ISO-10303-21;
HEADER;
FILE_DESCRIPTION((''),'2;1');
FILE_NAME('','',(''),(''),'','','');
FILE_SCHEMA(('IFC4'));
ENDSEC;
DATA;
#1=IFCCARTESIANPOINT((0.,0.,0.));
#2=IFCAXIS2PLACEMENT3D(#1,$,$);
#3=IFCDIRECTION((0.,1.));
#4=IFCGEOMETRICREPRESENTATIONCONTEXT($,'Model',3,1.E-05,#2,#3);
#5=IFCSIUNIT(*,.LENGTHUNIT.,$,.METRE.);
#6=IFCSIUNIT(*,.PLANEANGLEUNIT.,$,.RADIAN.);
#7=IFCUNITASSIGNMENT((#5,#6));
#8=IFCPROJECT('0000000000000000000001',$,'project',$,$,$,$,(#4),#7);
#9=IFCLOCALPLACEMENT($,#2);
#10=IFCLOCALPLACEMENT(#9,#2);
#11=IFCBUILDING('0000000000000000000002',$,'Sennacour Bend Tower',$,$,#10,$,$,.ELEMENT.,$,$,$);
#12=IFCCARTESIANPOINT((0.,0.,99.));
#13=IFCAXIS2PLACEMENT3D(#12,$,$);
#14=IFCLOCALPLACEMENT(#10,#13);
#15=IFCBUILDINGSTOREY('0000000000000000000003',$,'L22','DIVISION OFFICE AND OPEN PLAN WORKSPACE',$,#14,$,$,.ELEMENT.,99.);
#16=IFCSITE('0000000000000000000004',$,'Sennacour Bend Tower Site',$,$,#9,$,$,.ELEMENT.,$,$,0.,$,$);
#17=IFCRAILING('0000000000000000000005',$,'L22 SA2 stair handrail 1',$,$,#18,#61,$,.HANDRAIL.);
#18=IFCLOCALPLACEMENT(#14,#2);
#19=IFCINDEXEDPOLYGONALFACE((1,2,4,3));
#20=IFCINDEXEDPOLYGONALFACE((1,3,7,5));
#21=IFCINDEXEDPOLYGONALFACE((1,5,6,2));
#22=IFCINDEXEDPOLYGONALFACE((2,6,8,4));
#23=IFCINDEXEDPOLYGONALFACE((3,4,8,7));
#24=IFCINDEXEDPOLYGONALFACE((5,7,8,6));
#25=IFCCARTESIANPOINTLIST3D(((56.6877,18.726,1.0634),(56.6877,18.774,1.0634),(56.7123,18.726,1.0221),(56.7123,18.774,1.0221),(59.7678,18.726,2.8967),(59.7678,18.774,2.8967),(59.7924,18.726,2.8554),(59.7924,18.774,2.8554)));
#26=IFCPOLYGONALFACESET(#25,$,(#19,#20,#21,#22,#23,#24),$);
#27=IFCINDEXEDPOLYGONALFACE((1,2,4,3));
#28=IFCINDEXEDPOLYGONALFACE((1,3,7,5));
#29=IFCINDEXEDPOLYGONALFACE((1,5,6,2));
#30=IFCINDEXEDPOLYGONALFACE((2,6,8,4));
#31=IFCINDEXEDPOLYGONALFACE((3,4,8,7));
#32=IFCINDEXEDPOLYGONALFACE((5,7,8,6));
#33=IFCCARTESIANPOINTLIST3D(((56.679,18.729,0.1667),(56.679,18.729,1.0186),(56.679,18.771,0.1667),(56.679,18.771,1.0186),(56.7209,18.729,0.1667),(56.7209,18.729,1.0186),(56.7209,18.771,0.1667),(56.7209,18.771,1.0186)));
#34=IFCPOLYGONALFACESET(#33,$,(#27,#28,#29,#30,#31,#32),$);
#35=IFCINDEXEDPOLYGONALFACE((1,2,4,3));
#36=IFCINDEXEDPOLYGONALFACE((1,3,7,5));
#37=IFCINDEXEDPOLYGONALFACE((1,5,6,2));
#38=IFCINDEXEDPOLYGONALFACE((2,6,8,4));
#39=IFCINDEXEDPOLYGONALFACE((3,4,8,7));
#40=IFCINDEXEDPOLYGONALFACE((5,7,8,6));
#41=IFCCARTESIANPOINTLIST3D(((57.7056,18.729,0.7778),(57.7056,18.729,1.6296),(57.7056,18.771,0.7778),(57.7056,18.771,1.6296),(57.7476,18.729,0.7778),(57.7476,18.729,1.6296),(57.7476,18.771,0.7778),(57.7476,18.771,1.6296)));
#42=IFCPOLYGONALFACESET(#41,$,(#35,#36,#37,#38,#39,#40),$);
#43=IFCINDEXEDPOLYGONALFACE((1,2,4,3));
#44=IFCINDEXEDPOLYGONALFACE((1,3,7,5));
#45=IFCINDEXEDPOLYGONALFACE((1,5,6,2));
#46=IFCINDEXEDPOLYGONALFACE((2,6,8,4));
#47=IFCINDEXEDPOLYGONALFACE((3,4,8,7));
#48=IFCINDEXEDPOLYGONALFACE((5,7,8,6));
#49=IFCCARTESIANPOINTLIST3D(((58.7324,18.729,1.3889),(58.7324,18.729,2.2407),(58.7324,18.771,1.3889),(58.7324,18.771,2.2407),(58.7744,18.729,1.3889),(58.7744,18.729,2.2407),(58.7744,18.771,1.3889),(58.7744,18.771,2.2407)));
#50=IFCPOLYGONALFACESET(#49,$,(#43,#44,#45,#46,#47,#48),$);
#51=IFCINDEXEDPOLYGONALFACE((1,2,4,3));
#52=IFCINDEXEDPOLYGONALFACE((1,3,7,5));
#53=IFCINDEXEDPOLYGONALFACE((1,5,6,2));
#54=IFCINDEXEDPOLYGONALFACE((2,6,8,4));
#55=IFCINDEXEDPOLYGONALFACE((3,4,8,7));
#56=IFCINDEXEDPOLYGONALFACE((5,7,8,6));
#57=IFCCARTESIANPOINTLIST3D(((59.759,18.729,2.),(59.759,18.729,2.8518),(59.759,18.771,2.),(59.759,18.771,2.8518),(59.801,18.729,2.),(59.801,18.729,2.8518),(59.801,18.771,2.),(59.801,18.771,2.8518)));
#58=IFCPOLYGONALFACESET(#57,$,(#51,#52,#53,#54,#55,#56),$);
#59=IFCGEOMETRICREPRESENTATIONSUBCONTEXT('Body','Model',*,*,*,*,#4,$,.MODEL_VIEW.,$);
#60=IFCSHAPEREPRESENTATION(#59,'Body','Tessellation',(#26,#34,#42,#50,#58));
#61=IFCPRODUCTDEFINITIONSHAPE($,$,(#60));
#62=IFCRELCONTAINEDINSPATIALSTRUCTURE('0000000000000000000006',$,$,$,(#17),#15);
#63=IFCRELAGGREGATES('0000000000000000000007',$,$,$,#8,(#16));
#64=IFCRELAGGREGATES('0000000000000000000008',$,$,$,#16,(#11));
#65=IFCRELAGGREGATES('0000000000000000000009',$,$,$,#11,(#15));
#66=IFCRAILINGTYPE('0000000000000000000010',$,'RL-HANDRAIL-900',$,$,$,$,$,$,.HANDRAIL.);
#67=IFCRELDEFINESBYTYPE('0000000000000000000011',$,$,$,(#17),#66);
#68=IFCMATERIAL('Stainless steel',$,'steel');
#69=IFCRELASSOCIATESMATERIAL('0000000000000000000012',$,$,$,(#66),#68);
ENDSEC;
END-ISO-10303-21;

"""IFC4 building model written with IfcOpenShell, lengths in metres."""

from ifc_helpers import new_model, si_unit, direction, frame, origin, origin_2d, place, context, subcontext, project, spatial, rectangle, extrude, material, type_object, element, save


model = new_model("IFC4")

# Units and contexts
model_context = context("Model", 3, precision=1e-05, world=origin(), true_north=direction((0.0, 1.0)))
body_context = subcontext(model_context, "Body", "Model", "MODEL_VIEW")
ifc_project = project(units=[si_unit("LENGTHUNIT", "METRE"), si_unit("PLANEANGLEUNIT", "RADIAN")], contexts=[model_context])

# Site, building, storey
site_placement = place(None, origin())
site = spatial("IfcSite", under=ifc_project, at=site_placement, Name="Sennacour Bend Tower Site", CompositionType="ELEMENT", RefElevation=0.0)
building_placement = place(site_placement, origin())
building = spatial("IfcBuilding", under=site, at=building_placement, Name="Sennacour Bend Tower", CompositionType="ELEMENT")
storey_placement = place(building_placement, frame((0.0, 0.0, 99.0)))
storey = spatial("IfcBuildingStorey", under=building, at=storey_placement, Name="L22", Description="DIVISION OFFICE AND OPEN PLAN WORKSPACE", CompositionType="ELEMENT", Elevation=99.0)

# Shared definitions
ifc_material_1 = material(Name="Stainless steel", Category="steel")

# Railing
railing_type_1 = type_object("IfcRailingType", Name="RL-HANDRAIL-900", PredefinedType="HANDRAIL", material=ifc_material_1)
railing_1_placement = place(storey_placement, frame((56.7, 18.75, 0.1667)))
element("IfcRailing", 1, at=railing_1_placement, inside=storey, type_object=railing_type_1, Name="L22 SA2 stair handrail 1", PredefinedType="HANDRAIL", context=body_context, shape_type="SweptSolid", body=[
    extrude(rectangle(XDim=0.0481, YDim=0.0481, at=origin_2d()), frame((0.0, 0.0, 0.876), z_axis=(0.859309, 0.0, 0.511458), x_axis=(0.0, 1.0, 0.0)), (0.0, 0.0, 1.0), 3.5845),
    extrude(rectangle(XDim=0.042, YDim=0.042, at=origin_2d()), origin(), (0.0, 0.0, 1.0), 0.8518),
    extrude(rectangle(XDim=0.042, YDim=0.042, at=origin_2d()), frame((1.0266, 0.0, 0.6111)), (0.0, 0.0, 1.0), 0.8518),
    extrude(rectangle(XDim=0.042, YDim=0.042, at=origin_2d()), frame((2.0535, 0.0, 1.2222)), (0.0, 0.0, 1.0), 0.8518),
    extrude(rectangle(XDim=0.042, YDim=0.042, at=origin_2d()), frame((3.0801, 0.0, 1.8333)), (0.0, 0.0, 1.0), 0.8518),
])

save(model, "model.ifc")
